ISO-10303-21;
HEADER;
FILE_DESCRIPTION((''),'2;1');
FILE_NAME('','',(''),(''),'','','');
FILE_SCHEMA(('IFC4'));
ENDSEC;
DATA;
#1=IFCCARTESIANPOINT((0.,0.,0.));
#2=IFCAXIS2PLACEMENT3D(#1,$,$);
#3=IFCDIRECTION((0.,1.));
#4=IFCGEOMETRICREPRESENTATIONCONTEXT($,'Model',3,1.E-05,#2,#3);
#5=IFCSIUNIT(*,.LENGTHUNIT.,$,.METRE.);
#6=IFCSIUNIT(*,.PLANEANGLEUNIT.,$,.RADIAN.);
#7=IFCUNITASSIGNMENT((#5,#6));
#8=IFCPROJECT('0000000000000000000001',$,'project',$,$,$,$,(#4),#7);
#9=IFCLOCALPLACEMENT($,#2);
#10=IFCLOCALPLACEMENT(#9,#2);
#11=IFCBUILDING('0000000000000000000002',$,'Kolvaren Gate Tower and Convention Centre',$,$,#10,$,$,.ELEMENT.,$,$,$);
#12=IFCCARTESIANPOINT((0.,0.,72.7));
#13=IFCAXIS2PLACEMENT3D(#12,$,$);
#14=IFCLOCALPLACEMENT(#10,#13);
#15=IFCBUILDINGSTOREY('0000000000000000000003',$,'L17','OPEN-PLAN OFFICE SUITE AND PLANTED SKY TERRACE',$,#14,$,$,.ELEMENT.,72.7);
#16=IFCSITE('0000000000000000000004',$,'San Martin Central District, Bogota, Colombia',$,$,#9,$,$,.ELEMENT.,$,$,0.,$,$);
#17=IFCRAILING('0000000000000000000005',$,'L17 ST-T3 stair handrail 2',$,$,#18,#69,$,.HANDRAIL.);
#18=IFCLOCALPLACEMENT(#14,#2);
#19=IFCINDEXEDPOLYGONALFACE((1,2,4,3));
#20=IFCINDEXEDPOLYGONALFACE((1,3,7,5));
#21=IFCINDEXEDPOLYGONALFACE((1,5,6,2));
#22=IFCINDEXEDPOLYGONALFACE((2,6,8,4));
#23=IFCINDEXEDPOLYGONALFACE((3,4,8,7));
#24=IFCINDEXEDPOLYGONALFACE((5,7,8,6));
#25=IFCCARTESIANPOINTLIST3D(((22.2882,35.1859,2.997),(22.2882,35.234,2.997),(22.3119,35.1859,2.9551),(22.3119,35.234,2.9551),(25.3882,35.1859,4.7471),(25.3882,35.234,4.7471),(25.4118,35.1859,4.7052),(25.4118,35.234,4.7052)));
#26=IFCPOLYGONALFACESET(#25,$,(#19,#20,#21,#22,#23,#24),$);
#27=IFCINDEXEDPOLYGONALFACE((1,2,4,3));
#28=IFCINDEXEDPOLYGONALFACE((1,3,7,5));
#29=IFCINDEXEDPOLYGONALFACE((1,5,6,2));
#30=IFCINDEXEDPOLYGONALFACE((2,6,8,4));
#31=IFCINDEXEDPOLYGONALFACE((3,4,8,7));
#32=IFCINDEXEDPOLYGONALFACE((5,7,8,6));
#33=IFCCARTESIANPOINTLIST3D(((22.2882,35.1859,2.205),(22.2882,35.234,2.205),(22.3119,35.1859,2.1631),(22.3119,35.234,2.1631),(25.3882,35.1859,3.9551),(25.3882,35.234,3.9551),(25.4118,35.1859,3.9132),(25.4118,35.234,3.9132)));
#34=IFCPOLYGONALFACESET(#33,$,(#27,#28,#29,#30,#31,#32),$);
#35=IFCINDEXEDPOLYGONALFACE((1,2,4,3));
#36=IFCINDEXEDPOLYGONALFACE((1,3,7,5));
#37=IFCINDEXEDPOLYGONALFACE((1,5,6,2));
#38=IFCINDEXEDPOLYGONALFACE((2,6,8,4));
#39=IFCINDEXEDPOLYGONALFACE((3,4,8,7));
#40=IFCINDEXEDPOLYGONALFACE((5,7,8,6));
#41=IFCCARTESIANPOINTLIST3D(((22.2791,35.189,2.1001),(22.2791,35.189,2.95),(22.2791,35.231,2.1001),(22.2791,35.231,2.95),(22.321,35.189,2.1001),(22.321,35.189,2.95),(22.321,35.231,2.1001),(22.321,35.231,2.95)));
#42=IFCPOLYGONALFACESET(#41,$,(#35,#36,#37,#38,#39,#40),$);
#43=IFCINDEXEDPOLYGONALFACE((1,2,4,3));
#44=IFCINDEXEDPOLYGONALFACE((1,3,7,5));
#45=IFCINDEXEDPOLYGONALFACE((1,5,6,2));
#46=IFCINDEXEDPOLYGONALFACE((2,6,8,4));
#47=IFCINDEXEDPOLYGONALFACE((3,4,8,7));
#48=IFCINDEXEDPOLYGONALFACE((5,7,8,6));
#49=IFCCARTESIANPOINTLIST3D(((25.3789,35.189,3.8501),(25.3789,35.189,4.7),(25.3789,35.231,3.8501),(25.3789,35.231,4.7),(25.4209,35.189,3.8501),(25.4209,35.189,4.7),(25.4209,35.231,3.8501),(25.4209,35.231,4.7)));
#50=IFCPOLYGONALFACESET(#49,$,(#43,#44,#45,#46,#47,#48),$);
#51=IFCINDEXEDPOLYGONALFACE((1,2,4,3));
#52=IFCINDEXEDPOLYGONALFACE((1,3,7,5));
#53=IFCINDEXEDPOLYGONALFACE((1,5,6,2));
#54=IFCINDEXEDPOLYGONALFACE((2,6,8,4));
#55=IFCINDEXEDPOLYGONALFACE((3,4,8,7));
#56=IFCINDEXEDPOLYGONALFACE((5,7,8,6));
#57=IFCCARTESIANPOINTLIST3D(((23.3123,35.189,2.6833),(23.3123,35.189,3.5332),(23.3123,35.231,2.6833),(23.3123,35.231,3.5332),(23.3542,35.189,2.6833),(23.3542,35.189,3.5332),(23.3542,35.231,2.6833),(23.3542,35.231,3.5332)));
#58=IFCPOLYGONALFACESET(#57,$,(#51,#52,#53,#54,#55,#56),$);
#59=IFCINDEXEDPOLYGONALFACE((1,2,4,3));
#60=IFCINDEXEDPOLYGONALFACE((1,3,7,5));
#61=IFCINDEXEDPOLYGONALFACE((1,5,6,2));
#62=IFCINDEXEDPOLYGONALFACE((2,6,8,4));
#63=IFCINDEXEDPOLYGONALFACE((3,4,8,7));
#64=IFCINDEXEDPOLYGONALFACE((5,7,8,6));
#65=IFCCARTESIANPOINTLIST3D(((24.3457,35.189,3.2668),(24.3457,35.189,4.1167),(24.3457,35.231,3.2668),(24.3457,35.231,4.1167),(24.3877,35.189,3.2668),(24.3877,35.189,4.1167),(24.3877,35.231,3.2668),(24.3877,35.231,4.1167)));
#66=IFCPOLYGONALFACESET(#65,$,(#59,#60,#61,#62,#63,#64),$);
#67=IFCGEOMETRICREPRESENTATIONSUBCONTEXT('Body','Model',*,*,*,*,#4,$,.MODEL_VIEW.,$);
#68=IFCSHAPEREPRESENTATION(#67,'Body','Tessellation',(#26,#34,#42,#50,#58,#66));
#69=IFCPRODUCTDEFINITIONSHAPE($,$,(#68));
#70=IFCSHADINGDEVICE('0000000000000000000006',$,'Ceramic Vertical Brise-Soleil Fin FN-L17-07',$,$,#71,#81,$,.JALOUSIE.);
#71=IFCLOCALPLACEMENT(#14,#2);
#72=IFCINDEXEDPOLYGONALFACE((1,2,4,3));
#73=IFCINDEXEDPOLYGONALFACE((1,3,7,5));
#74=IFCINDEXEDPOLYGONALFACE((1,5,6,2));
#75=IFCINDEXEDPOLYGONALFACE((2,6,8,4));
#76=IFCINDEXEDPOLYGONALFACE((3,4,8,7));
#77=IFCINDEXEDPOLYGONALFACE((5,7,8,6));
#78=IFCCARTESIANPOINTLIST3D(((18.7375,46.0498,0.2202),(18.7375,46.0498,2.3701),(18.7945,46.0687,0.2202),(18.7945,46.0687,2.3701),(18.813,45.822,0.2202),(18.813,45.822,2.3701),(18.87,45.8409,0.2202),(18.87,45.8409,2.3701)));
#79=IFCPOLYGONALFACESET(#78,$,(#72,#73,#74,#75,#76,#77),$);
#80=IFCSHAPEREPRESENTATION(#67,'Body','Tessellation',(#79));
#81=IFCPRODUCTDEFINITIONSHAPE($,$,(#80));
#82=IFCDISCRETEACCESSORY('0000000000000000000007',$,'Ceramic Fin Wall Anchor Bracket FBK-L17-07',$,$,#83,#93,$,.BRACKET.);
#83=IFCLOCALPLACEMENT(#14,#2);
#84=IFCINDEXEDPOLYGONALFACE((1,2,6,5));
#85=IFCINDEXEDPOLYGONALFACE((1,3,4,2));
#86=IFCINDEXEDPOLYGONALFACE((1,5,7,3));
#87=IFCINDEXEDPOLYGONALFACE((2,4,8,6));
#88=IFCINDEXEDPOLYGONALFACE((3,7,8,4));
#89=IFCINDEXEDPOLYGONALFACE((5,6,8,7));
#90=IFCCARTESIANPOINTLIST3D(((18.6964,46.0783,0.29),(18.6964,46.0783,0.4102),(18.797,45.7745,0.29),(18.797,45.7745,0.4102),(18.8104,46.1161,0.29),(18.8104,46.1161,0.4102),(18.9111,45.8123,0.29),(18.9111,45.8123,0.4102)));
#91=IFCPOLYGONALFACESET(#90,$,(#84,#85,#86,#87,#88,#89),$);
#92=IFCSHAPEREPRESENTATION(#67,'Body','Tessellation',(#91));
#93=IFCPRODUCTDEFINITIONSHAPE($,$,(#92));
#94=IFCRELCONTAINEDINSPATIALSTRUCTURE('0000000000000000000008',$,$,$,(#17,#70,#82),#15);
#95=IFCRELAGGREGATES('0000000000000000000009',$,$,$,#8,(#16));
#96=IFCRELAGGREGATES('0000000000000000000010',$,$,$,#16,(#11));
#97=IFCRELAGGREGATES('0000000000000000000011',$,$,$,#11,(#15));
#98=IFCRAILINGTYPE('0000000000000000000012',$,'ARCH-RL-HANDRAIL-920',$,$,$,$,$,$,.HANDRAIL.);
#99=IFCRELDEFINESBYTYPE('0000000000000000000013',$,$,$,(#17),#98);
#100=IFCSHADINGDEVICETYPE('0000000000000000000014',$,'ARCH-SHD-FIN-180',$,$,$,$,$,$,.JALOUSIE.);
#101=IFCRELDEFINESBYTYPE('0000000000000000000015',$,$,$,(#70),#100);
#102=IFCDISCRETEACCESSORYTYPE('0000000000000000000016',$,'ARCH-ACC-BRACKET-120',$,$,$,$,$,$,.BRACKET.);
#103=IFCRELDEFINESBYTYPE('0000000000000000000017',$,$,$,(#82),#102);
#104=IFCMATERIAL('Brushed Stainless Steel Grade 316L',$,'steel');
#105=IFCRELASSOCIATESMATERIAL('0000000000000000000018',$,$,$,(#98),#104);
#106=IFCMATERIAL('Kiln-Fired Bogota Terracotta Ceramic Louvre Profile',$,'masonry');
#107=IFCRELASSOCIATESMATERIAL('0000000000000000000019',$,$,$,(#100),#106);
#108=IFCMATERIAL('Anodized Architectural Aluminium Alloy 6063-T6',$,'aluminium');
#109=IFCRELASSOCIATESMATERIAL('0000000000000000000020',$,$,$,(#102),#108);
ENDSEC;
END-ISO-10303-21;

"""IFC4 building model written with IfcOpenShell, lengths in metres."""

from ifc_helpers import new_model, si_unit, direction, frame, origin, origin_2d, place, context, subcontext, project, spatial, rectangle, extrude, material, type_object, element, save


model = new_model("IFC4")

# Units and contexts
model_context = context("Model", 3, precision=1e-05, world=origin(), true_north=direction((0.0, 1.0)))
body_context = subcontext(model_context, "Body", "Model", "MODEL_VIEW")
ifc_project = project(units=[si_unit("LENGTHUNIT", "METRE"), si_unit("PLANEANGLEUNIT", "RADIAN")], contexts=[model_context])

# Site, building, storey
site_placement = place(None, origin())
site = spatial("IfcSite", under=ifc_project, at=site_placement, Name="San Martin Central District, Bogota, Colombia", CompositionType="ELEMENT", RefElevation=0.0)
building_placement = place(site_placement, origin())
building = spatial("IfcBuilding", under=site, at=building_placement, Name="Kolvaren Gate Tower and Convention Centre", CompositionType="ELEMENT")
storey_placement = place(building_placement, frame((0.0, 0.0, 72.7)))
storey = spatial("IfcBuildingStorey", under=building, at=storey_placement, Name="L17", Description="OPEN-PLAN OFFICE SUITE AND PLANTED SKY TERRACE", CompositionType="ELEMENT", Elevation=72.7)

# Railing
ifc_material_1 = material(Name="Brushed Stainless Steel Grade 316L", Category="steel")
railing_type_1 = type_object("IfcRailingType", Name="ARCH-RL-HANDRAIL-920", PredefinedType="HANDRAIL", material=ifc_material_1)
railing_1_placement = place(storey_placement, frame((22.3, 35.21, 2.1001)))
element("IfcRailing", 1, at=railing_1_placement, inside=storey, type_object=railing_type_1, Name="L17 ST-T3 stair handrail 2", PredefinedType="HANDRAIL", context=body_context, shape_type="SweptSolid", body=[
    extrude(rectangle(XDim=0.0481, YDim=0.0481, at=origin_2d()), frame((0.0, 0.0, 0.876), z_axis=(0.870814, 0.0, 0.491612), x_axis=(0.0, 1.0, 0.0)), (0.0, 0.0, 1.0), 3.5598),
    extrude(rectangle(XDim=0.0481, YDim=0.0481, at=origin_2d()), frame((0.0, 0.0, 0.084), z_axis=(0.870814, 0.0, 0.491612), x_axis=(0.0, 1.0, 0.0)), (0.0, 0.0, 1.0), 3.5598),
    extrude(rectangle(XDim=0.042, YDim=0.042, at=origin_2d()), origin(), (0.0, 0.0, 1.0), 0.8499),
    extrude(rectangle(XDim=0.042, YDim=0.042, at=origin_2d()), frame((3.0999, 0.0, 1.75)), (0.0, 0.0, 1.0), 0.8499),
    extrude(rectangle(XDim=0.042, YDim=0.042, at=origin_2d()), frame((1.0332, 0.0, 0.5833)), (0.0, 0.0, 1.0), 0.8499),
    extrude(rectangle(XDim=0.042, YDim=0.042, at=origin_2d()), frame((2.0667, 0.0, 1.1667)), (0.0, 0.0, 1.0), 0.8499),
])

# Shading device
ifc_material_2 = material(Name="Kiln-Fired Bogota Terracotta Ceramic Louvre Profile", Category="masonry")
shading_device_type = type_object("IfcShadingDeviceType", Name="ARCH-SHD-FIN-180", PredefinedType="JALOUSIE", material=ifc_material_2)
shading_device_placement = place(storey_placement, frame((18.8037, 45.9453, 0.2202), z_axis=(0.0, 0.0, 1.0), x_axis=(0.94924, 0.314552, 0.0)))
element("IfcShadingDevice", 2, at=shading_device_placement, inside=storey, type_object=shading_device_type, Name="Ceramic Vertical Brise-Soleil Fin FN-L17-07", PredefinedType="JALOUSIE", context=body_context, shape_type="SweptSolid", body=[
    extrude(rectangle(XDim=0.0601, YDim=0.24, at=origin_2d()), origin(), (0.0, 0.0, 1.0), 2.1499),
])

# Discrete accessory
ifc_material_3 = material(Name="Anodized Architectural Aluminium Alloy 6063-T6", Category="aluminium")
discrete_accessory_type = type_object("IfcDiscreteAccessoryType", Name="ARCH-ACC-BRACKET-120", PredefinedType="BRACKET", material=ifc_material_3)
discrete_accessory_placement = place(storey_placement, frame((18.8037, 45.9453, 0.29), z_axis=(0.0, 0.0, 1.0), x_axis=(0.94924, 0.314552, 0.0)))
element("IfcDiscreteAccessory", 3, at=discrete_accessory_placement, inside=storey, type_object=discrete_accessory_type, Name="Ceramic Fin Wall Anchor Bracket FBK-L17-07", PredefinedType="BRACKET", context=body_context, shape_type="SweptSolid", body=[
    extrude(rectangle(XDim=0.1201, YDim=0.3201, at=origin_2d()), origin(), (0.0, 0.0, 1.0), 0.1201),
])

save(model, "model.ifc")
